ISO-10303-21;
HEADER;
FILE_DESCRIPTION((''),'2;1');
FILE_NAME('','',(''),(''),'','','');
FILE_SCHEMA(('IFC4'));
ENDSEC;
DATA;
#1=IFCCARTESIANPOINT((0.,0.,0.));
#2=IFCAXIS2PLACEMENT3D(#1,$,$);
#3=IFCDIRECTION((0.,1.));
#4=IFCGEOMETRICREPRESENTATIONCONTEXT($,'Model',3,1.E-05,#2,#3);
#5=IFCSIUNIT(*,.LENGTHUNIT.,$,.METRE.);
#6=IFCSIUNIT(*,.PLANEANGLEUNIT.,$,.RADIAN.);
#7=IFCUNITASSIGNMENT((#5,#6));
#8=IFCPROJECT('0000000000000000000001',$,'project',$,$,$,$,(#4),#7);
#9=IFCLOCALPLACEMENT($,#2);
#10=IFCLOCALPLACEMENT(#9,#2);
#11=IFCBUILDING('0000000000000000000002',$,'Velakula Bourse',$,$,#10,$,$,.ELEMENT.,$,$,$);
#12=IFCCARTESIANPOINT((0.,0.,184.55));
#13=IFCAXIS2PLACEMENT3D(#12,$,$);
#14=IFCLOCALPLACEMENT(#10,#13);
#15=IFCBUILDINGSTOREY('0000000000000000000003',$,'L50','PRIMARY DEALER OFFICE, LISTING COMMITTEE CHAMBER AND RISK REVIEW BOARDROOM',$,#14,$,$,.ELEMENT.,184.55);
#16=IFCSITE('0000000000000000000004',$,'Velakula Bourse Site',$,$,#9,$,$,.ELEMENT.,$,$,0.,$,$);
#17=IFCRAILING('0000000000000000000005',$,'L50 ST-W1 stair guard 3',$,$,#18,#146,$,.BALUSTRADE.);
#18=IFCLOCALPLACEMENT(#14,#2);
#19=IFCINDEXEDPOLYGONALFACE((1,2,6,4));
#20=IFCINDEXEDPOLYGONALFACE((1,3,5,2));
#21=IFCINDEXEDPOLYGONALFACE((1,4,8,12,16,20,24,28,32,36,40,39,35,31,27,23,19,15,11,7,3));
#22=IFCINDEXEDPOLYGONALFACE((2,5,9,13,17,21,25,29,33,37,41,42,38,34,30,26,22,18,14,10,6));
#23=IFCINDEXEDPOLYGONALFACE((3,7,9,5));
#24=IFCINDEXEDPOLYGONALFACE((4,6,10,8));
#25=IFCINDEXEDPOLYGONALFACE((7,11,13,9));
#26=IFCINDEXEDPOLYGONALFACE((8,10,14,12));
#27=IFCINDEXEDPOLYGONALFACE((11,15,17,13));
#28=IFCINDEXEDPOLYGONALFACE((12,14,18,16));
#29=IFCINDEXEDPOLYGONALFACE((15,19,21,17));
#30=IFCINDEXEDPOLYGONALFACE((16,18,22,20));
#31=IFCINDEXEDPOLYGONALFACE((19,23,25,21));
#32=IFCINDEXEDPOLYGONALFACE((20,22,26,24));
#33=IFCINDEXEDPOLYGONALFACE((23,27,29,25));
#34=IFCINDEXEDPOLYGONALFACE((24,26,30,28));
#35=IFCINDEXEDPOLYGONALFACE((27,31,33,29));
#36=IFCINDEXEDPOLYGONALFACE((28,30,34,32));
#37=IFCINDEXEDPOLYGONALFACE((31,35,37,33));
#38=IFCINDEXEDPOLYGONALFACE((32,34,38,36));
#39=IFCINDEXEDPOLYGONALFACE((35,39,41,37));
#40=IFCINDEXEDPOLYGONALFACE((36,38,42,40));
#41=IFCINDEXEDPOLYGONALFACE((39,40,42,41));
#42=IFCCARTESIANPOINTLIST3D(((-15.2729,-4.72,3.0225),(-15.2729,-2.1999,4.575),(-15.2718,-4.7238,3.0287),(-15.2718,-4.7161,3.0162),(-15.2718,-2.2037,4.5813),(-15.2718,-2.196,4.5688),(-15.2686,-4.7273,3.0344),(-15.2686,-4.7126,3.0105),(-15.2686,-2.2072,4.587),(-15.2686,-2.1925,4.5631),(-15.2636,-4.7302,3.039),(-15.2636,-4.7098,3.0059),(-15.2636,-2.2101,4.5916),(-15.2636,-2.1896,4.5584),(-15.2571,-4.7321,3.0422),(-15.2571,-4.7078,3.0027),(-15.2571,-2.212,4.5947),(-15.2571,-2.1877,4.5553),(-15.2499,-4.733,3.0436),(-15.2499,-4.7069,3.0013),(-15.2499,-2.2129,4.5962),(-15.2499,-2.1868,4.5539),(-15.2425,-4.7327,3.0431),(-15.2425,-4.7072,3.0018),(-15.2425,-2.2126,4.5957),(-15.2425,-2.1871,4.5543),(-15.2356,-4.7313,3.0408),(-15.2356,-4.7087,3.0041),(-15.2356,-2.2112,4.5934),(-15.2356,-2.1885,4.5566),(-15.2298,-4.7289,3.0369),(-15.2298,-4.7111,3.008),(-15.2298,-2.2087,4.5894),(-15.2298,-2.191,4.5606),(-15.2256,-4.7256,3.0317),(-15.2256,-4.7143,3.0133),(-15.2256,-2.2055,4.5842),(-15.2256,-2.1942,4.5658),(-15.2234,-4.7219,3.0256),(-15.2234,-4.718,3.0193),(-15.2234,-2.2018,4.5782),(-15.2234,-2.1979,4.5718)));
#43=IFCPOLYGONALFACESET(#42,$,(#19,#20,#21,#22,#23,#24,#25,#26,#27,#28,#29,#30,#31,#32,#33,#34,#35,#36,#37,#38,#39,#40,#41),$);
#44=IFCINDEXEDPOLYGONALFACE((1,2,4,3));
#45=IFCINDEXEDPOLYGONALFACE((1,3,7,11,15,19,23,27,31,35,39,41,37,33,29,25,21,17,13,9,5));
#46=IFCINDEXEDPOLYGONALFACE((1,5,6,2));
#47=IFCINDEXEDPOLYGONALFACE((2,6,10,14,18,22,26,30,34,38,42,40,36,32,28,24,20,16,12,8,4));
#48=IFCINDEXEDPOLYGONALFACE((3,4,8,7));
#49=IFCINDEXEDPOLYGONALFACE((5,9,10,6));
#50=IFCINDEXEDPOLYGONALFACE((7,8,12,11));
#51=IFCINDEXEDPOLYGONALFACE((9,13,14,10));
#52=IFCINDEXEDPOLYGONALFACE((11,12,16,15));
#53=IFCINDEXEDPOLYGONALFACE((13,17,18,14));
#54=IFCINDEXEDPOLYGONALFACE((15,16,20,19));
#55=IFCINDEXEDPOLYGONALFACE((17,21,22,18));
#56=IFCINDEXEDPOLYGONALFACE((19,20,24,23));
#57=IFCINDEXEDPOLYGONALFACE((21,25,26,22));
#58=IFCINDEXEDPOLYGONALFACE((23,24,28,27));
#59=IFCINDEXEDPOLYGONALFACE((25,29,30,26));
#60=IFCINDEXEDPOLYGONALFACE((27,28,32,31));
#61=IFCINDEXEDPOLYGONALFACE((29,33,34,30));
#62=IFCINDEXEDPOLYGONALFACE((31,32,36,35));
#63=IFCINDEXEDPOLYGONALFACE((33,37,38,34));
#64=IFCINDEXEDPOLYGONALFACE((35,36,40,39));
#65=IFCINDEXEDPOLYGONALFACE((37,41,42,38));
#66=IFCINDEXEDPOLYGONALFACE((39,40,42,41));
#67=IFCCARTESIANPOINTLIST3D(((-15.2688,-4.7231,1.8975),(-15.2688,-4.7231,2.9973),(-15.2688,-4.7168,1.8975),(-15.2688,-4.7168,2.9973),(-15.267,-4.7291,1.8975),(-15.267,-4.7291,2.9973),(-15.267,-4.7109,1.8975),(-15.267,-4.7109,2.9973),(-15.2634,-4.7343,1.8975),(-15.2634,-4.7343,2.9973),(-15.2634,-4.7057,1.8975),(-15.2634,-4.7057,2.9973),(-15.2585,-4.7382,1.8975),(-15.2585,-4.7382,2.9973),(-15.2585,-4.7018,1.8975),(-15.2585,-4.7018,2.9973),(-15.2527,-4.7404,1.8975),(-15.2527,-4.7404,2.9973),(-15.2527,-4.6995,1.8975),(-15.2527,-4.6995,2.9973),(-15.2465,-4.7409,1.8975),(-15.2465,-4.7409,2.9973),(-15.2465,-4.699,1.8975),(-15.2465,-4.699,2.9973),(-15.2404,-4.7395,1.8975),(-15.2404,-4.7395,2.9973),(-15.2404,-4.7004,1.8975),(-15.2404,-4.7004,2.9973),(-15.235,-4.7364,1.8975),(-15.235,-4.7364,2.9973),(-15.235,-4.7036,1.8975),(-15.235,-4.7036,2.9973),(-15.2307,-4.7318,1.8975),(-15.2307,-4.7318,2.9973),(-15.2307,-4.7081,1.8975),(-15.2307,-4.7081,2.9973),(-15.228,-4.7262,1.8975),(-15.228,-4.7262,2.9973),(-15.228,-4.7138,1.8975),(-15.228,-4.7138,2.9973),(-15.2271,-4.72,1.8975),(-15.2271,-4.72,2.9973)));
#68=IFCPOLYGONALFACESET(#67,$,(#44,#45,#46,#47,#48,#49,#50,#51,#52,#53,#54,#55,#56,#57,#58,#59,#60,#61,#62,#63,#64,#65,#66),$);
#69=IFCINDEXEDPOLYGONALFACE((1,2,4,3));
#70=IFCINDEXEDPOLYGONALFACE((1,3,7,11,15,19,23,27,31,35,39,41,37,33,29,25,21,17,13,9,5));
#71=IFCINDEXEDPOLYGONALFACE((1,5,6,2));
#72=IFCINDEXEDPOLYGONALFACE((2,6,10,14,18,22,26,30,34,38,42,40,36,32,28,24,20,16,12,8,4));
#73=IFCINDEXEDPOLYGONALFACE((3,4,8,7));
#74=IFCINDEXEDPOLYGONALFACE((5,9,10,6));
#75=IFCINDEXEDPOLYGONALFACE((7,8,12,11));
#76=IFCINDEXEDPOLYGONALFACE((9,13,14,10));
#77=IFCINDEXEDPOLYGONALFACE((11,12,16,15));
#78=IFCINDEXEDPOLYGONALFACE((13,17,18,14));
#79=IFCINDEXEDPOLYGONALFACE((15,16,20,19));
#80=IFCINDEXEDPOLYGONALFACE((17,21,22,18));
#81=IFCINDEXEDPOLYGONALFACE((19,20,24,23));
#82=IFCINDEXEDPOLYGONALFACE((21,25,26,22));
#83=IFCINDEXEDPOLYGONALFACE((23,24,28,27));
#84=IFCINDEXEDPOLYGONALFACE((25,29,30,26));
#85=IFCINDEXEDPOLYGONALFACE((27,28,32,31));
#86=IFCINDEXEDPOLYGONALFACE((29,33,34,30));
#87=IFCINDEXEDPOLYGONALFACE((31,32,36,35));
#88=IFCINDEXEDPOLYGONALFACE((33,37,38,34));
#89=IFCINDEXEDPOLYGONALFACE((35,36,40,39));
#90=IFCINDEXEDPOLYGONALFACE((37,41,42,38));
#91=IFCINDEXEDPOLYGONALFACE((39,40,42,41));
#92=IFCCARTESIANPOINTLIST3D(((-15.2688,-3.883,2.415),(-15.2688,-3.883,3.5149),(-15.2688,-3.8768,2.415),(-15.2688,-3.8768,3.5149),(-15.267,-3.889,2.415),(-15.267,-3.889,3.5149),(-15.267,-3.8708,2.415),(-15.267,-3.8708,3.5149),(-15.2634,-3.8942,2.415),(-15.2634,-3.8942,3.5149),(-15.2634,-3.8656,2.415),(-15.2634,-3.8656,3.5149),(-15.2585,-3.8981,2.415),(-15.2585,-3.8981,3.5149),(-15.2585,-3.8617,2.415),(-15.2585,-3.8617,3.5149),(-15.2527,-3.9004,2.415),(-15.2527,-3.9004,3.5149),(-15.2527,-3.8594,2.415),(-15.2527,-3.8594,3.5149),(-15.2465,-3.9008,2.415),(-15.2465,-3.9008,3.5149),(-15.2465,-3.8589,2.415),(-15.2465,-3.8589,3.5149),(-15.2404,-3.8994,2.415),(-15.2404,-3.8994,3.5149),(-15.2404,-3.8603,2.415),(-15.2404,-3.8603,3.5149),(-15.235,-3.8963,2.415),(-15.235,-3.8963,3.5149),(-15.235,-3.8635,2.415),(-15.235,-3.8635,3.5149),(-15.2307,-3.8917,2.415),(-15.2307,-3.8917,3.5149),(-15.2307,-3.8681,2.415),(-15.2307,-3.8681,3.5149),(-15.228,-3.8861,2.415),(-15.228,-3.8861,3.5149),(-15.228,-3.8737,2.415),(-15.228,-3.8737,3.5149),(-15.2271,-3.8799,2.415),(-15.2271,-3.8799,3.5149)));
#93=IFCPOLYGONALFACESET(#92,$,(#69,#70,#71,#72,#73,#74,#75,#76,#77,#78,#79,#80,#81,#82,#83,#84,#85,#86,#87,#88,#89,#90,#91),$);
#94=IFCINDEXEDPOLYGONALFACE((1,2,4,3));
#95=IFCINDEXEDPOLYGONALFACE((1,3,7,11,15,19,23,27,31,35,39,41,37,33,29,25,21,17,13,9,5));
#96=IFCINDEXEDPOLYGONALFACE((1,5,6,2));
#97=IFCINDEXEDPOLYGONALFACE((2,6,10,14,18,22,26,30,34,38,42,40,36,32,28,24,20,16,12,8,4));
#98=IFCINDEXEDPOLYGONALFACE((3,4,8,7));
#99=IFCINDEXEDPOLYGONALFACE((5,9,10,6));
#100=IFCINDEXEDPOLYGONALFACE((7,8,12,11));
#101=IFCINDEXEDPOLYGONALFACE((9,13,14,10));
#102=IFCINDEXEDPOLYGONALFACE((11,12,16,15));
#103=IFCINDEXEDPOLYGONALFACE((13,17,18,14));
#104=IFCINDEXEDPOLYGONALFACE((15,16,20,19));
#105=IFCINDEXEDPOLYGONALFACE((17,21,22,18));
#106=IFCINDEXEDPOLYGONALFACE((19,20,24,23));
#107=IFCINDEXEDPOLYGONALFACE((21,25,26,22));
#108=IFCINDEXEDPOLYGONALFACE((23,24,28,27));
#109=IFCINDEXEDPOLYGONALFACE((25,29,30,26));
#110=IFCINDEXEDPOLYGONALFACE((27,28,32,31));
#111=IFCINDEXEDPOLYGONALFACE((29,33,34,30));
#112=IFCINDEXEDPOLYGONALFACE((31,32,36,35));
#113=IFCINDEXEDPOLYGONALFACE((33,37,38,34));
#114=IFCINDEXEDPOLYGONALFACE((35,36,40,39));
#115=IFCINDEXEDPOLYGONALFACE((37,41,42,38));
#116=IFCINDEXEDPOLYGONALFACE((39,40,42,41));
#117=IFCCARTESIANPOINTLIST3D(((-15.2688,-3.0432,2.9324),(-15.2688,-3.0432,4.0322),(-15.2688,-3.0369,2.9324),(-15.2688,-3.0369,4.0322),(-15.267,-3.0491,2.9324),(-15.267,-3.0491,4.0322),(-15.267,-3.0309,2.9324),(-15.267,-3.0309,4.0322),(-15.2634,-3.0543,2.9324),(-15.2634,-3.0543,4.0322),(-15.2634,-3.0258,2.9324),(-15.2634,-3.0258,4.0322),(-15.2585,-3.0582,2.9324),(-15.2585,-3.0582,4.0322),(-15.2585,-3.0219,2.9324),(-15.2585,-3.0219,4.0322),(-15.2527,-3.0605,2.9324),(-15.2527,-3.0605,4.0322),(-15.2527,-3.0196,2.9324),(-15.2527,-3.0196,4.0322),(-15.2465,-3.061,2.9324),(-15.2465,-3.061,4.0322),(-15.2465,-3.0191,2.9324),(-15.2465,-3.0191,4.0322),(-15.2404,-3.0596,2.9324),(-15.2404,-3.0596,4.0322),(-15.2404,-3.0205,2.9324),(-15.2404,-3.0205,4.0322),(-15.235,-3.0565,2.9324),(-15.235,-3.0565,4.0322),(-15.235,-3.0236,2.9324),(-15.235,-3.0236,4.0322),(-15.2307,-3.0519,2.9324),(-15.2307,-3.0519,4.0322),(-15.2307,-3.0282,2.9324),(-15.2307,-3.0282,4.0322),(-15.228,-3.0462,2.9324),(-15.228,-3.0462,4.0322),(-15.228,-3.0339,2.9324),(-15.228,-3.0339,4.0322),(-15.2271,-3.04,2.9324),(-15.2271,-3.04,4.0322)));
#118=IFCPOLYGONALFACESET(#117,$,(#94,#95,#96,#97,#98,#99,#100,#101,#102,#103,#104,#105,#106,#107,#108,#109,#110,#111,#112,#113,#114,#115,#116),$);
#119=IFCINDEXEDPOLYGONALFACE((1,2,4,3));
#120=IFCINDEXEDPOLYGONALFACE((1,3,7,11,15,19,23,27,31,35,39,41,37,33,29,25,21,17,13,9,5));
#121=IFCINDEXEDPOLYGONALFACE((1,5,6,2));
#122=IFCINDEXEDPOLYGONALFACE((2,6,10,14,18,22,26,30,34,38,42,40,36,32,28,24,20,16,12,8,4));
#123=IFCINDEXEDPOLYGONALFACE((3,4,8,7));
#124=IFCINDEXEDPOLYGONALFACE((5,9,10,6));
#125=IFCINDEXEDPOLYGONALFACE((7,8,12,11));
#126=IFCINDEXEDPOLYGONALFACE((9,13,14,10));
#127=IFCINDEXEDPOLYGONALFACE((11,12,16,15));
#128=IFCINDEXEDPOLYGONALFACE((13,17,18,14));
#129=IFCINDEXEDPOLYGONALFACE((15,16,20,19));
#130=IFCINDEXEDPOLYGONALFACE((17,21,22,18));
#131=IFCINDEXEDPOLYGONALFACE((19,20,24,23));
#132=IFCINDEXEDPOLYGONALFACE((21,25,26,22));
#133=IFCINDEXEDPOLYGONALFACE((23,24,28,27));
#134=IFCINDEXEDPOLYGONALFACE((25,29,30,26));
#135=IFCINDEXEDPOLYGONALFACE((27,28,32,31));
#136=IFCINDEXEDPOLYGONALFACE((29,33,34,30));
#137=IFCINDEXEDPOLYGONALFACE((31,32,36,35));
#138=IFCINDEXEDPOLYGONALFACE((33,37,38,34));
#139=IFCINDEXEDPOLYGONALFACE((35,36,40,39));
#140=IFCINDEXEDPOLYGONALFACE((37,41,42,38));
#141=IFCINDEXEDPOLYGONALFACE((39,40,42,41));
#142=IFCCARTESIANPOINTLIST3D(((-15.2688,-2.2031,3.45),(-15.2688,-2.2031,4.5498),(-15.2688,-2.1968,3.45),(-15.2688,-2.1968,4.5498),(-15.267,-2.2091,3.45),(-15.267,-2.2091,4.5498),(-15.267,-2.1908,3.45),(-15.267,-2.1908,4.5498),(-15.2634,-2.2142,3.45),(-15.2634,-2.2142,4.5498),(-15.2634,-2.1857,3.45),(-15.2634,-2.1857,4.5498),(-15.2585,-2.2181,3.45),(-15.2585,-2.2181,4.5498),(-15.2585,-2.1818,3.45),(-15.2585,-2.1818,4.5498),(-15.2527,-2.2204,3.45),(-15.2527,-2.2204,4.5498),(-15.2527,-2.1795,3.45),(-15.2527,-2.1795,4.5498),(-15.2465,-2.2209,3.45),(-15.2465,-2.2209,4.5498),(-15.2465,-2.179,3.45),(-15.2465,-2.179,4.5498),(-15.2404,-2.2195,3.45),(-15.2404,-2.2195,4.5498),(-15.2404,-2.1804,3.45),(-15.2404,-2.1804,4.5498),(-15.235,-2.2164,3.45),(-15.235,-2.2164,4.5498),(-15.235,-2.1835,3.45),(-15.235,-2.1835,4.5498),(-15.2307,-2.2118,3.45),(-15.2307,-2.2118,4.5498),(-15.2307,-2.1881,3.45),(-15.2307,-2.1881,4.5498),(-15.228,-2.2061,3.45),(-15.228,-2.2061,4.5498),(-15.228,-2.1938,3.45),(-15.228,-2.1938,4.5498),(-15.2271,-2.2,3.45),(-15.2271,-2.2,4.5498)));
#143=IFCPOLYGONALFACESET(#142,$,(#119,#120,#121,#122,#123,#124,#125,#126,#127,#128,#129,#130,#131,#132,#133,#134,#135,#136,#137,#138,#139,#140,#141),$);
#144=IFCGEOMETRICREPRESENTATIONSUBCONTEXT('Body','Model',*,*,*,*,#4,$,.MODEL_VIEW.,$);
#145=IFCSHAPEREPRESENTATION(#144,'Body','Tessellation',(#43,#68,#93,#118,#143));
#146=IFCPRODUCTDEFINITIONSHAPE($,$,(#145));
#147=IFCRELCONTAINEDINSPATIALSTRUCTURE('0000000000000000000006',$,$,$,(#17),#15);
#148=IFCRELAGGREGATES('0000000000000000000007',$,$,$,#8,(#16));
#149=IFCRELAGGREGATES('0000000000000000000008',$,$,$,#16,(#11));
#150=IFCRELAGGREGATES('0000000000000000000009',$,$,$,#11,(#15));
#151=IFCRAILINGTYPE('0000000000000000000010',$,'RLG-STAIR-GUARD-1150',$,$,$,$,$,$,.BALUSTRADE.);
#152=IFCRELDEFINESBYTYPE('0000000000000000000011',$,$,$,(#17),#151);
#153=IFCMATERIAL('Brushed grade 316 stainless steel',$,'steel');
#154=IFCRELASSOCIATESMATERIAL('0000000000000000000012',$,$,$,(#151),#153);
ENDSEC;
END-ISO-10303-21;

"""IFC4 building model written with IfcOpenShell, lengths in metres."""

from ifc_helpers import new_model, si_unit, direction, frame, origin, origin_2d, place, context, subcontext, project, spatial, circle, extrude, material, type_object, element, save


model = new_model("IFC4")

# Units and contexts
model_context = context("Model", 3, precision=1e-05, world=origin(), true_north=direction((0.0, 1.0)))
body_context = subcontext(model_context, "Body", "Model", "MODEL_VIEW")
ifc_project = project(units=[si_unit("LENGTHUNIT", "METRE"), si_unit("PLANEANGLEUNIT", "RADIAN")], contexts=[model_context])

# Site, building, storey
site_placement = place(None, origin())
site = spatial("IfcSite", under=ifc_project, at=site_placement, Name="Velakula Bourse Site", CompositionType="ELEMENT", RefElevation=0.0)
building_placement = place(site_placement, origin())
building = spatial("IfcBuilding", under=site, at=building_placement, Name="Velakula Bourse", CompositionType="ELEMENT")
storey_placement = place(building_placement, frame((0.0, 0.0, 184.55)))
storey = spatial("IfcBuildingStorey", under=building, at=storey_placement, Name="L50", Description="PRIMARY DEALER OFFICE, LISTING COMMITTEE CHAMBER AND RISK REVIEW BOARDROOM", CompositionType="ELEMENT", Elevation=184.55)

# Shared definitions
ifc_material_1 = material(Name="Brushed grade 316 stainless steel", Category="steel")

# Railing
railing_type_1 = type_object("IfcRailingType", Name="RLG-STAIR-GUARD-1150", PredefinedType="BALUSTRADE", material=ifc_material_1)
railing_1_placement = place(storey_placement, frame((-15.248, -4.72, 1.8975)))
element("IfcRailing", 1, at=railing_1_placement, inside=storey, type_object=railing_type_1, Name="L50 ST-W1 stair guard 3", PredefinedType="BALUSTRADE", context=body_context, shape_type="SweptSolid", body=[
    extrude(circle(Radius=0.0249, at=origin_2d()), frame((0.0, 0.0, 1.125), z_axis=(0.0, 0.8514, 0.524516), x_axis=(-1.0, 0.0, 0.0)), (0.0, 0.0, 1.0), 2.96),
    extrude(circle(Radius=0.021, at=origin_2d()), origin(), (0.0, 0.0, 1.0), 1.0999),
    extrude(circle(Radius=0.021, at=origin_2d()), frame((0.0, 0.8401, 0.5176)), (0.0, 0.0, 1.0), 1.0999),
    extrude(circle(Radius=0.021, at=origin_2d()), frame((0.0, 1.6799, 1.0349)), (0.0, 0.0, 1.0), 1.0999),
    extrude(circle(Radius=0.021, at=origin_2d()), frame((0.0, 2.52, 1.5525)), (0.0, 0.0, 1.0), 1.0999),
])

save(model, "model.ifc")
